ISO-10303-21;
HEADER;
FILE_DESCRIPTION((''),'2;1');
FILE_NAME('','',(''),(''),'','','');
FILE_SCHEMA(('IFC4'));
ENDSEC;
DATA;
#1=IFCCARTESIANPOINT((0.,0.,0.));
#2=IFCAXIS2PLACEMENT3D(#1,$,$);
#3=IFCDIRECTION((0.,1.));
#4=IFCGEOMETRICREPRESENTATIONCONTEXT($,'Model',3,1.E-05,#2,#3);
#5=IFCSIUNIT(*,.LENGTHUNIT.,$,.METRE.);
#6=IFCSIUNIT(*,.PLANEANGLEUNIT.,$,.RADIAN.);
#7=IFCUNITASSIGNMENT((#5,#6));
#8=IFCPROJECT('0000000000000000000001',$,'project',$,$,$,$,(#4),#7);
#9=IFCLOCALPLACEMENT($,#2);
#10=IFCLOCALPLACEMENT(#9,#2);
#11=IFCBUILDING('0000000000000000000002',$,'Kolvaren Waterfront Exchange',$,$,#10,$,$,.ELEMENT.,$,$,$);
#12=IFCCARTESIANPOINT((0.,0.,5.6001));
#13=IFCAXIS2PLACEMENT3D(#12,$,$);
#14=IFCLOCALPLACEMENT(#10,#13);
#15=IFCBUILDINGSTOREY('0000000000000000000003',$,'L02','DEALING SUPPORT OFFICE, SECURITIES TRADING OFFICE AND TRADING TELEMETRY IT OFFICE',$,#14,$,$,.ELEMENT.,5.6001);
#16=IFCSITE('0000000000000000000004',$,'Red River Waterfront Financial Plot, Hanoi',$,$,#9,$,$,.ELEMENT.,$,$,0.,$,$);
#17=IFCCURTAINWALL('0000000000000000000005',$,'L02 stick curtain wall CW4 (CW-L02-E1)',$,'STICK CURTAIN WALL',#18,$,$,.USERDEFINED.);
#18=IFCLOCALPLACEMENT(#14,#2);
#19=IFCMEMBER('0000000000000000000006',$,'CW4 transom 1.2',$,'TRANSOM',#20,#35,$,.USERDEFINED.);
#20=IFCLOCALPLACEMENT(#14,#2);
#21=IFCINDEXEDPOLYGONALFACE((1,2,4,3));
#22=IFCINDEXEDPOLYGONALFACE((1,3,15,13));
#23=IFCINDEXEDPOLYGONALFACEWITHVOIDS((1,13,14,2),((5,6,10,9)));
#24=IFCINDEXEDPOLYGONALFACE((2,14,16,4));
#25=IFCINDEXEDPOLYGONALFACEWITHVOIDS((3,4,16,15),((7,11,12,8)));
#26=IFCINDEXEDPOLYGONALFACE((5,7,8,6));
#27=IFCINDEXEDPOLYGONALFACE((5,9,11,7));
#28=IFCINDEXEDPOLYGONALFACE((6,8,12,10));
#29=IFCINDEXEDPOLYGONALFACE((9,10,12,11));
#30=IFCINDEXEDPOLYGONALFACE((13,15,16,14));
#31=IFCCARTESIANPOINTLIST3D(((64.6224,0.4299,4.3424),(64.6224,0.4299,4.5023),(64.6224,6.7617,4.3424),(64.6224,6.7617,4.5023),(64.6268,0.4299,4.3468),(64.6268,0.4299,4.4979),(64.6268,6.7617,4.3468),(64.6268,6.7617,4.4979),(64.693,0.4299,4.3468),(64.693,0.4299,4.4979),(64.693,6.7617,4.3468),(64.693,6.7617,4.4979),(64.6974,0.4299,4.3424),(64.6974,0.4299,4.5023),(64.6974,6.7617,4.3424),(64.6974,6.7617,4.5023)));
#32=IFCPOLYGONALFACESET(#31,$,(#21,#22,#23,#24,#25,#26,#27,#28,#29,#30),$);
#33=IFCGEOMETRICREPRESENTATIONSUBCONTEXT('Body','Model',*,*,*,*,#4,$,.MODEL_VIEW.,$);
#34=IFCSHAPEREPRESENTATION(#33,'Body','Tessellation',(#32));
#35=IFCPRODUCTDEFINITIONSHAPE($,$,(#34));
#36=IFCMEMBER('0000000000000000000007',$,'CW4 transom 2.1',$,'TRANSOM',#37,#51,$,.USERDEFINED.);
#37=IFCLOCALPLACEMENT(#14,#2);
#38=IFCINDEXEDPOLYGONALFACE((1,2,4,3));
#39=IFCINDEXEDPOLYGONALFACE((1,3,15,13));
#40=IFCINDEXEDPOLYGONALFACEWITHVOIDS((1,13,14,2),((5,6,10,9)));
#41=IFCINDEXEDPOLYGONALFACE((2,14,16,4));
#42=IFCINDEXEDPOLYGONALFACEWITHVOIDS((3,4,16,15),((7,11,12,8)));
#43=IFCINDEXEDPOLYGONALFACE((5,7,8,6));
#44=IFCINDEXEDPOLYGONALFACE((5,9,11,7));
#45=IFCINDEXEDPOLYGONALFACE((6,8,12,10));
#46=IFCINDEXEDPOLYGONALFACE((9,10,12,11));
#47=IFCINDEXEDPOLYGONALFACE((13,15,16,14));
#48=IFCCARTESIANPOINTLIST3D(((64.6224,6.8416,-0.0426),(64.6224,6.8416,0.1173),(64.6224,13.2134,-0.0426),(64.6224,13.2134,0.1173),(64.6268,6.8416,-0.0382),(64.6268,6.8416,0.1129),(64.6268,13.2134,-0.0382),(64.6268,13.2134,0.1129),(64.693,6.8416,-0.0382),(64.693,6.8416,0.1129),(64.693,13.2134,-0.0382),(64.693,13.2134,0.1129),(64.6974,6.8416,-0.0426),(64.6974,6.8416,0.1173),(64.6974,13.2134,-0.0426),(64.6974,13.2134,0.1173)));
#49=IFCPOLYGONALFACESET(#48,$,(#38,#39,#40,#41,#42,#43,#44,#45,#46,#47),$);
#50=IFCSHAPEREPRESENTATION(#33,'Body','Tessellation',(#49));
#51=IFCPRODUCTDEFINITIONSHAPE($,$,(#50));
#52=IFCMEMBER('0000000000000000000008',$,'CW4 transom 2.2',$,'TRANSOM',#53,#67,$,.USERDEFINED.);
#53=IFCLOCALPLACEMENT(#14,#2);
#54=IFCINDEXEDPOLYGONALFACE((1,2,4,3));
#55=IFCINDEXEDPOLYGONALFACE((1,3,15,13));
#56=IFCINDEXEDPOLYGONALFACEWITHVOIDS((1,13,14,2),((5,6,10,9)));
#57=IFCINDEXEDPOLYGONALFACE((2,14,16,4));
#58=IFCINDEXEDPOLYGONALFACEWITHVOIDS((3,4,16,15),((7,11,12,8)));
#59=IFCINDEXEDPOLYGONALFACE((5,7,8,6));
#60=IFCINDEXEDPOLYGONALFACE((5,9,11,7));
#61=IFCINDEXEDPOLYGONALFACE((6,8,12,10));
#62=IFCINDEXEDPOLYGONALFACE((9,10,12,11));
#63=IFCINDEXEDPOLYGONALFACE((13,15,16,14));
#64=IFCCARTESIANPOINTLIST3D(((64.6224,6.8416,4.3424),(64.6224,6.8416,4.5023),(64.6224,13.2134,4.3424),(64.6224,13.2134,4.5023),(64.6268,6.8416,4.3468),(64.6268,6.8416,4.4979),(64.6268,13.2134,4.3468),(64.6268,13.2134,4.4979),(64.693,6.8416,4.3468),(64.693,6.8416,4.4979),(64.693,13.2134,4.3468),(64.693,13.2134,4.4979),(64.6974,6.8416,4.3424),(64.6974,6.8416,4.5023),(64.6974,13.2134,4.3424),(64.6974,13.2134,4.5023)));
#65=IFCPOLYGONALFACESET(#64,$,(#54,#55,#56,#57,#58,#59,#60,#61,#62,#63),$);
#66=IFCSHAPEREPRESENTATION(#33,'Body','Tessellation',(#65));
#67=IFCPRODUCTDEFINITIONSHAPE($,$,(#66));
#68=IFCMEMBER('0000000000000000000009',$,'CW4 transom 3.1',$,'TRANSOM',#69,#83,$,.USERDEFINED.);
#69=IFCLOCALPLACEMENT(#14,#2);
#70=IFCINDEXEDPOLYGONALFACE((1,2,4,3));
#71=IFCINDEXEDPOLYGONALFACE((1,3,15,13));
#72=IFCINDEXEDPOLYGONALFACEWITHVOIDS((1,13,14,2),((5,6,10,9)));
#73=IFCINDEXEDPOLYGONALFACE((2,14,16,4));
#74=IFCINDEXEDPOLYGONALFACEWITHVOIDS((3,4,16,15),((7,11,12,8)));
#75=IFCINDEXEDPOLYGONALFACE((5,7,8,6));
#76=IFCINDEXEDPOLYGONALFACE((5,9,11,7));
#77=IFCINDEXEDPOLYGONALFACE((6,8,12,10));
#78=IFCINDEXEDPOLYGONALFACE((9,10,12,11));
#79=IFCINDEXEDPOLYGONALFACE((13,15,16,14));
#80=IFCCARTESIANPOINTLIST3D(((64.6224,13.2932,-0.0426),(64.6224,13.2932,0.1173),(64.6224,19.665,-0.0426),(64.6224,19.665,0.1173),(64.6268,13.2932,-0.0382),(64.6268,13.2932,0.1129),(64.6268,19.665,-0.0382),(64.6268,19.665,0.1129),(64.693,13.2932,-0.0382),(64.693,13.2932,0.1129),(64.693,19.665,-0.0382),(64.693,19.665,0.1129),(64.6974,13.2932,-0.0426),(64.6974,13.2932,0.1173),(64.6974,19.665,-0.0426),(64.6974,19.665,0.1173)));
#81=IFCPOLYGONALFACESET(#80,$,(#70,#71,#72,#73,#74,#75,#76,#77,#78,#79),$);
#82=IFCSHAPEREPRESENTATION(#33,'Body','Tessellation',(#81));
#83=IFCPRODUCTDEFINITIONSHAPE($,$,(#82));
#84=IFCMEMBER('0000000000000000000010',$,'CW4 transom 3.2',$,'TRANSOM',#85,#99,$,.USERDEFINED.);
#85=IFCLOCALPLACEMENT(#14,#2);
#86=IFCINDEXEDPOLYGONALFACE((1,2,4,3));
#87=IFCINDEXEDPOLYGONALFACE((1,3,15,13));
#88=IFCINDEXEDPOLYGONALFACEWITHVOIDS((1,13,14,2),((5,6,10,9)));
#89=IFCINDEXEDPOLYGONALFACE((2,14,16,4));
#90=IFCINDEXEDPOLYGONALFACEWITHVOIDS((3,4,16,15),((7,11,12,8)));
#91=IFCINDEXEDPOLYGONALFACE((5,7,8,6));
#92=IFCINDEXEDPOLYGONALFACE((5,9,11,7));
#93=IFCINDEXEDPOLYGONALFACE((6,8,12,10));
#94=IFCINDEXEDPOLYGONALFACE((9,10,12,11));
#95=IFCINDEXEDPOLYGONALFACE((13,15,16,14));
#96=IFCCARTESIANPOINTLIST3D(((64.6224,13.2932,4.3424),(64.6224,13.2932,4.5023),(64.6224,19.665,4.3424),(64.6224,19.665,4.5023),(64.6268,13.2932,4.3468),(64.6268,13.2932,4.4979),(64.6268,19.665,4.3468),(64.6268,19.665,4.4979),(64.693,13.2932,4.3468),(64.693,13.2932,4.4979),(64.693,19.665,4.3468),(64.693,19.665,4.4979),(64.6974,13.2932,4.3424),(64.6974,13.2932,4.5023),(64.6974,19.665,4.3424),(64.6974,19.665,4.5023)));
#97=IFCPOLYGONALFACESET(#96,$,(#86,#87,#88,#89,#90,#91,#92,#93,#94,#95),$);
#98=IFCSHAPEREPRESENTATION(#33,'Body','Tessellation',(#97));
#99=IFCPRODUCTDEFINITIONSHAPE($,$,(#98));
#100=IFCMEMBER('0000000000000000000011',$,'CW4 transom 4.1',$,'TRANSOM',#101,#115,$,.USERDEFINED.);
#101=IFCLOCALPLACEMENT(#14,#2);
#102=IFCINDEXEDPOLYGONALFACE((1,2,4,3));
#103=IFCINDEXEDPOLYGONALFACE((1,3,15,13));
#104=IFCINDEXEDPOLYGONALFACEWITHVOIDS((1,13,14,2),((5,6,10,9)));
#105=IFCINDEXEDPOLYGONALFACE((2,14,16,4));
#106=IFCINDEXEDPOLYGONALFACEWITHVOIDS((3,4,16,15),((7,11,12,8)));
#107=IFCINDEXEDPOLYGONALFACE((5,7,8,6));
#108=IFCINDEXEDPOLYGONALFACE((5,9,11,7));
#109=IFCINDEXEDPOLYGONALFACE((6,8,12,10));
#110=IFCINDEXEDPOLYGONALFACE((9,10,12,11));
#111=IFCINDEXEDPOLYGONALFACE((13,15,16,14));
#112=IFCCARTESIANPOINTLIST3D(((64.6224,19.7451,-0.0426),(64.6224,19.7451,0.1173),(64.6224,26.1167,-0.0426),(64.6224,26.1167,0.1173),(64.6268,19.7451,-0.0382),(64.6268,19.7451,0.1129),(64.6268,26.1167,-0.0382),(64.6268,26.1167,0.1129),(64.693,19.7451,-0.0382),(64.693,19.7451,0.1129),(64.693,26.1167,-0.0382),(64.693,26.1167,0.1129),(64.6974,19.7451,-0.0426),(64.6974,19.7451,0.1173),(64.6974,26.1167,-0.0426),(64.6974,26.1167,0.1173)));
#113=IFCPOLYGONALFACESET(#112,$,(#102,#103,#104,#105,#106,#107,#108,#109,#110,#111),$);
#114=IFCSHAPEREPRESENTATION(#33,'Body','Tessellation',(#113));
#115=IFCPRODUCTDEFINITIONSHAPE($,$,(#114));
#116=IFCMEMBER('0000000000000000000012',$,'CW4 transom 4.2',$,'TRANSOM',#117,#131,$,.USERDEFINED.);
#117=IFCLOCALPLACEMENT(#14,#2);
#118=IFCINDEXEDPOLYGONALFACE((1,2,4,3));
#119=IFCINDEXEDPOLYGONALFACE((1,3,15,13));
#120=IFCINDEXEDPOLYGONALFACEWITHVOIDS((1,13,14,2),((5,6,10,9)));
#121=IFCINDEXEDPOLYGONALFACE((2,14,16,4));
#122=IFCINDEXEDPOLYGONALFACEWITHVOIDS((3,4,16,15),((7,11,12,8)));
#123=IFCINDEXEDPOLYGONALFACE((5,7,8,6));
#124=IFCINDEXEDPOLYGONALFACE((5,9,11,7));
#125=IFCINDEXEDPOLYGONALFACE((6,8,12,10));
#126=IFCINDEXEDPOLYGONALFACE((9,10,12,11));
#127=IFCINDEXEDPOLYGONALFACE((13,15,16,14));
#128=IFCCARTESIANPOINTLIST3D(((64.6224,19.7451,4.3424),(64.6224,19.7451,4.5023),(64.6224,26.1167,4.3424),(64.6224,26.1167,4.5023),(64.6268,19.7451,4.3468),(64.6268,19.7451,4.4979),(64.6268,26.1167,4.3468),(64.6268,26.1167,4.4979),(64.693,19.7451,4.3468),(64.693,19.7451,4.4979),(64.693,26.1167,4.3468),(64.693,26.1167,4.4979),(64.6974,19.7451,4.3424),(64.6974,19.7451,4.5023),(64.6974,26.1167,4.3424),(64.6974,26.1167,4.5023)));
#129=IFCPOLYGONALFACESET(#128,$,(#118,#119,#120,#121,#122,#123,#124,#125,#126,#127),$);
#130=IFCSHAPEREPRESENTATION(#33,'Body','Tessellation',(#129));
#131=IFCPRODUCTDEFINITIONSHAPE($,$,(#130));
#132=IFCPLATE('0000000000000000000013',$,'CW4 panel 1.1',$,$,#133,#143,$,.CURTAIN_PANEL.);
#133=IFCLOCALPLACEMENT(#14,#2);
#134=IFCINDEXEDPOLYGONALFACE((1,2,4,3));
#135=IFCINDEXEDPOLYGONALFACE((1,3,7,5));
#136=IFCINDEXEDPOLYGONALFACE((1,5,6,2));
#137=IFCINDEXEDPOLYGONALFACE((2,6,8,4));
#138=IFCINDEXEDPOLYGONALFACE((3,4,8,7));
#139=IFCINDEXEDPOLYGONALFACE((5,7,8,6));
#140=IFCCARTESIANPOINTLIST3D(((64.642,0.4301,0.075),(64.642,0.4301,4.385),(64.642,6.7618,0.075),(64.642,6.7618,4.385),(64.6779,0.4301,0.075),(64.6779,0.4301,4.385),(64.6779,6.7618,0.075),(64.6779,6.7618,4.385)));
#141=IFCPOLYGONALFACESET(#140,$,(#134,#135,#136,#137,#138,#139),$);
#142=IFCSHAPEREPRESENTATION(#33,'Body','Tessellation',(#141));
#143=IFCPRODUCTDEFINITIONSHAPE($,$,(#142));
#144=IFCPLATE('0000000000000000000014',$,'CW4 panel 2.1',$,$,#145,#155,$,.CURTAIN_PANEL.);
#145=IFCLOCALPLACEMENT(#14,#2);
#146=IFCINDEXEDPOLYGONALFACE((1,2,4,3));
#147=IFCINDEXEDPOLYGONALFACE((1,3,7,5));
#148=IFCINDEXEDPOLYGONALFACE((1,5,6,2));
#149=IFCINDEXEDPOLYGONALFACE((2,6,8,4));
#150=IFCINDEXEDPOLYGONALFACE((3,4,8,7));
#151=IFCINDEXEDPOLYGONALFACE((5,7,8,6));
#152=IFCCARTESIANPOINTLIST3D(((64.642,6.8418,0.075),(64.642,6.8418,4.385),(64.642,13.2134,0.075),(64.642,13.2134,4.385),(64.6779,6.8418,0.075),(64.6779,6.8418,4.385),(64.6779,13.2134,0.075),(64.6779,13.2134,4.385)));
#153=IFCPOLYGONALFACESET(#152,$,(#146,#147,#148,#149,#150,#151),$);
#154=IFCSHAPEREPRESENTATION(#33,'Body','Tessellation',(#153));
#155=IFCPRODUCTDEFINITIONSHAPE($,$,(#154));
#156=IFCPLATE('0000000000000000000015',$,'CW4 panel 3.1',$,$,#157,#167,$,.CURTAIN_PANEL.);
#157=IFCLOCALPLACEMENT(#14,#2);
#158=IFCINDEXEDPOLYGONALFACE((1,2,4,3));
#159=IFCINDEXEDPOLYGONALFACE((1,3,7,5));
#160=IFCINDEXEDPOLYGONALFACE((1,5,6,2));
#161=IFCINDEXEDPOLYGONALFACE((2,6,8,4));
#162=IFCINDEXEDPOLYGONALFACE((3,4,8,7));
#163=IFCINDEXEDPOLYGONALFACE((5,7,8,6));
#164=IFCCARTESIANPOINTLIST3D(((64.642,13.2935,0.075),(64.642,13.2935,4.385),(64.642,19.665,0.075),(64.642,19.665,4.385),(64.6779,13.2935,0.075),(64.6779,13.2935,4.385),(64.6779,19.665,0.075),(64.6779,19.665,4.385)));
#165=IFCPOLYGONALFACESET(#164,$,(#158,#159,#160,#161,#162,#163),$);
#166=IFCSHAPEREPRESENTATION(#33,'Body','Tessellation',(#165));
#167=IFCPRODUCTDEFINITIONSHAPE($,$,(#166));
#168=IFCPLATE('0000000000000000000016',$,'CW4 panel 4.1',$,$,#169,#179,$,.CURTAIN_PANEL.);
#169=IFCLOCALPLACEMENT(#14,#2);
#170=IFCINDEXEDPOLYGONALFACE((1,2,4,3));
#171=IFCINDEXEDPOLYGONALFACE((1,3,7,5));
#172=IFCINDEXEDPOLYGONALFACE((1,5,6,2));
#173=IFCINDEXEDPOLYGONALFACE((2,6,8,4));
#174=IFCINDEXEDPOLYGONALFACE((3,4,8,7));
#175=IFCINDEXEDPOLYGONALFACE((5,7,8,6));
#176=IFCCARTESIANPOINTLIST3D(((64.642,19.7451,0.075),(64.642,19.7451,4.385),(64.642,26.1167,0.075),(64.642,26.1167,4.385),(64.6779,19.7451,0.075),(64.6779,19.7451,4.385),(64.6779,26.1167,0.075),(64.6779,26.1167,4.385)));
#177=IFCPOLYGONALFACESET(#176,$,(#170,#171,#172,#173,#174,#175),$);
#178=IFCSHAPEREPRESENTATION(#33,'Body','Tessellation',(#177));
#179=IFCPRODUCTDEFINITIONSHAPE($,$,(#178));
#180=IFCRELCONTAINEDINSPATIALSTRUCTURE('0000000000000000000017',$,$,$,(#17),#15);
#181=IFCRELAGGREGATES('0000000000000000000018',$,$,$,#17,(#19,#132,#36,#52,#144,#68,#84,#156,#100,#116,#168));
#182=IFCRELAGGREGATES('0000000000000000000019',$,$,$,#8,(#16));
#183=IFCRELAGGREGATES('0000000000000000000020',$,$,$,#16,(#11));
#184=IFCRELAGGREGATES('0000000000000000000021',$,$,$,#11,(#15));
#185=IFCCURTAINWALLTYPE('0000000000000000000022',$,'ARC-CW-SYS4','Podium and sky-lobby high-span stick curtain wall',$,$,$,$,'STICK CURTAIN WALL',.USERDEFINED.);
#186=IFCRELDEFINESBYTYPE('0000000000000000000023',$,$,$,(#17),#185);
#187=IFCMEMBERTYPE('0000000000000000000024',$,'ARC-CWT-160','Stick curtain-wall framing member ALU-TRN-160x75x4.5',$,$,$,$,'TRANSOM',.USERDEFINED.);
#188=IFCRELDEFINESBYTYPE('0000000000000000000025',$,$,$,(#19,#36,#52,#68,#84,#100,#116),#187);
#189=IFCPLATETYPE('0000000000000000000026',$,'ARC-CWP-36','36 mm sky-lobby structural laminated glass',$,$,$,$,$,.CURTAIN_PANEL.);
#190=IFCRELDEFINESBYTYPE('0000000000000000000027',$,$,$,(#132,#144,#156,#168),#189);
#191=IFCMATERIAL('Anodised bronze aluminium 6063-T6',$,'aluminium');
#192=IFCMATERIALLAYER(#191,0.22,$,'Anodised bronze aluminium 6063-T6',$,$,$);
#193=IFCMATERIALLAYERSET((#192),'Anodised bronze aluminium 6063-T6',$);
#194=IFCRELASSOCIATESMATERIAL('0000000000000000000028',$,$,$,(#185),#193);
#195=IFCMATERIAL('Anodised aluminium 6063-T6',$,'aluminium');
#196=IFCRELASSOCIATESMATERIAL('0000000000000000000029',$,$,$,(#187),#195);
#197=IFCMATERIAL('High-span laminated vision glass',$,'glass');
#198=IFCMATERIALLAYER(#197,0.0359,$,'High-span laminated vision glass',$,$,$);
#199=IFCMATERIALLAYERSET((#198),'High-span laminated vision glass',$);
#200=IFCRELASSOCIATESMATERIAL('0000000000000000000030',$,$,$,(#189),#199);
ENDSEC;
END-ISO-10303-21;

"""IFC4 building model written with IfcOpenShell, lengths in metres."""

from ifc_helpers import new_model, si_unit, direction, frame, origin, origin_with_axes, origin_2d, place, context, subcontext, project, spatial, rectangle, hollow_rectangle, extrude, source, transform, mapped, material, layer, layer_set, material_profile, profile_set, type_object, element, aggregate, save


model = new_model("IFC4")

# Units and contexts
model_context = context("Model", 3, precision=1e-05, world=origin(), true_north=direction((0.0, 1.0)))
body_context = subcontext(model_context, "Body", "Model", "MODEL_VIEW")
ifc_project = project(units=[si_unit("LENGTHUNIT", "METRE"), si_unit("PLANEANGLEUNIT", "RADIAN")], contexts=[model_context])

# Site, building, storey
site_placement = place(None, origin())
site = spatial("IfcSite", under=ifc_project, at=site_placement, Name="Red River Waterfront Financial Plot, Hanoi", CompositionType="ELEMENT", RefElevation=0.0)
building_placement = place(site_placement, origin())
building = spatial("IfcBuilding", under=site, at=building_placement, Name="Kolvaren Waterfront Exchange", CompositionType="ELEMENT")
storey_placement = place(building_placement, frame((0.0, 0.0, 5.6001)))
storey = spatial("IfcBuildingStorey", under=building, at=storey_placement, Name="L02", Description="DEALING SUPPORT OFFICE, SECURITIES TRADING OFFICE AND TRADING TELEMETRY IT OFFICE", CompositionType="ELEMENT", Elevation=5.6001)

# Curtain wall, members, plates
ifc_material_1 = material(Name="Anodised bronze aluminium 6063-T6", Category="aluminium")
ifc_layer_1 = layer(ifc_material_1, 0.22, Name="Anodised bronze aluminium 6063-T6")
ifc_layer_set_1 = layer_set([ifc_layer_1], Name="Anodised bronze aluminium 6063-T6")
curtain_wall_type = type_object("IfcCurtainWallType", Name="ARC-CW-SYS4", Description="Podium and sky-lobby high-span stick curtain wall", ElementType="STICK CURTAIN WALL", PredefinedType="USERDEFINED", material=ifc_layer_set_1)
curtain_wall_placement = place(storey_placement, origin())
curtain_wall = element("IfcCurtainWall", 1, at=curtain_wall_placement, inside=storey, type_object=curtain_wall_type, Name="L02 stick curtain wall CW4 (CW-L02-E1)", ObjectType="STICK CURTAIN WALL", PredefinedType="USERDEFINED")
ifc_material_2 = material(Name="Anodised aluminium 6063-T6", Category="aluminium")
ifc_material_profile_1 = material_profile(ifc_material_2, hollow_rectangle(XDim=0.075, YDim=0.1599, WallThickness=0.0044, at=origin_2d()), Name="ALU-TRN-160x75x4.5")
ifc_profile_set_1 = profile_set([ifc_material_profile_1], Name="Anodised aluminium 6063-T6")
member_type_1 = type_object("IfcMemberType", Name="ARC-CWT-160", Description="Stick curtain-wall framing member ALU-TRN-160x75x4.5", ElementType="TRANSOM", PredefinedType="USERDEFINED", material=ifc_profile_set_1)
shared_shape_1 = source(origin_with_axes(), body_context, "Body", "SweptSolid", [
    extrude(hollow_rectangle(XDim=0.075, YDim=0.1599, WallThickness=0.0044, at=origin_2d()), origin(), (0.0, 0.0, 1.0), 6.3318),
])
member_1_placement = place(storey_placement, frame((64.6599, 0.4299, 4.4224), z_axis=(0.0, 1.0, 0.0), x_axis=(-1.0, 0.0, 0.0)))
member_1 = element("IfcMember", 2, at=member_1_placement, type_object=member_type_1, Name="CW4 transom 1.2", ObjectType="TRANSOM", PredefinedType="USERDEFINED", context=body_context, shape_type="MappedRepresentation", body=[
    mapped(shared_shape_1, transform((0.0, 0.0, 0.0), x_axis=(1.0, 0.0, 0.0), y_axis=(0.0, 1.0, 0.0), z_axis=(0.0, 0.0, 1.0), scale=1.0)),
])
shared_shape_2 = source(origin_with_axes(), body_context, "Body", "SweptSolid", [
    extrude(hollow_rectangle(XDim=0.075, YDim=0.1599, WallThickness=0.0044, at=origin_2d()), origin(), (0.0, 0.0, 1.0), 6.3718),
])
member_2_placement = place(storey_placement, frame((64.6599, 6.8416, 0.0374), z_axis=(0.0, 1.0, 0.0), x_axis=(-1.0, 0.0, 0.0)))
member_2 = element("IfcMember", 3, at=member_2_placement, type_object=member_type_1, Name="CW4 transom 2.1", ObjectType="TRANSOM", PredefinedType="USERDEFINED", context=body_context, shape_type="MappedRepresentation", body=[
    mapped(shared_shape_2, transform((0.0, 0.0, 0.0), x_axis=(1.0, 0.0, 0.0), y_axis=(0.0, 1.0, 0.0), z_axis=(0.0, 0.0, 1.0), scale=1.0)),
])
member_3_placement = place(storey_placement, frame((64.6599, 6.8416, 4.4224), z_axis=(0.0, 1.0, 0.0), x_axis=(-1.0, 0.0, 0.0)))
member_3 = element("IfcMember", 4, at=member_3_placement, type_object=member_type_1, Name="CW4 transom 2.2", ObjectType="TRANSOM", PredefinedType="USERDEFINED", context=body_context, shape_type="MappedRepresentation", body=[
    mapped(shared_shape_2, transform((0.0, 0.0, 0.0), x_axis=(1.0, 0.0, 0.0), y_axis=(0.0, 1.0, 0.0), z_axis=(0.0, 0.0, 1.0), scale=1.0)),
])
member_4_placement = place(storey_placement, frame((64.6599, 13.2932, 0.0374), z_axis=(0.0, 1.0, 0.0), x_axis=(-1.0, 0.0, 0.0)))
member_4 = element("IfcMember", 5, at=member_4_placement, type_object=member_type_1, Name="CW4 transom 3.1", ObjectType="TRANSOM", PredefinedType="USERDEFINED", context=body_context, shape_type="MappedRepresentation", body=[
    mapped(shared_shape_2, transform((0.0, 0.0, 0.0), x_axis=(1.0, 0.0, 0.0), y_axis=(0.0, 1.0, 0.0), z_axis=(0.0, 0.0, 1.0), scale=1.0)),
])
member_5_placement = place(storey_placement, frame((64.6599, 13.2932, 4.4224), z_axis=(0.0, 1.0, 0.0), x_axis=(-1.0, 0.0, 0.0)))
member_5 = element("IfcMember", 6, at=member_5_placement, type_object=member_type_1, Name="CW4 transom 3.2", ObjectType="TRANSOM", PredefinedType="USERDEFINED", context=body_context, shape_type="MappedRepresentation", body=[
    mapped(shared_shape_2, transform((0.0, 0.0, 0.0), x_axis=(1.0, 0.0, 0.0), y_axis=(0.0, 1.0, 0.0), z_axis=(0.0, 0.0, 1.0), scale=1.0)),
])
shared_shape_3 = source(origin_with_axes(), body_context, "Body", "SweptSolid", [
    extrude(hollow_rectangle(XDim=0.075, YDim=0.1599, WallThickness=0.0044, at=origin_2d()), origin(), (0.0, 0.0, 1.0), 6.3716),
])
member_6_placement = place(storey_placement, frame((64.6599, 19.7451, 0.0374), z_axis=(0.0, 1.0, 0.0), x_axis=(-1.0, 0.0, 0.0)))
member_6 = element("IfcMember", 7, at=member_6_placement, type_object=member_type_1, Name="CW4 transom 4.1", ObjectType="TRANSOM", PredefinedType="USERDEFINED", context=body_context, shape_type="MappedRepresentation", body=[
    mapped(shared_shape_3, transform((0.0, 0.0, 0.0), x_axis=(1.0, 0.0, 0.0), y_axis=(0.0, 1.0, 0.0), z_axis=(0.0, 0.0, 1.0), scale=1.0)),
])
member_7_placement = place(storey_placement, frame((64.6599, 19.7451, 4.4224), z_axis=(0.0, 1.0, 0.0), x_axis=(-1.0, 0.0, 0.0)))
member_7 = element("IfcMember", 8, at=member_7_placement, type_object=member_type_1, Name="CW4 transom 4.2", ObjectType="TRANSOM", PredefinedType="USERDEFINED", context=body_context, shape_type="MappedRepresentation", body=[
    mapped(shared_shape_3, transform((0.0, 0.0, 0.0), x_axis=(1.0, 0.0, 0.0), y_axis=(0.0, 1.0, 0.0), z_axis=(0.0, 0.0, 1.0), scale=1.0)),
])
ifc_material_3 = material(Name="High-span laminated vision glass", Category="glass")
ifc_layer_2 = layer(ifc_material_3, 0.0359, Name="High-span laminated vision glass")
ifc_layer_set_2 = layer_set([ifc_layer_2], Name="High-span laminated vision glass")
plate_type = type_object("IfcPlateType", Name="ARC-CWP-36", Description="36 mm sky-lobby structural laminated glass", PredefinedType="CURTAIN_PANEL", material=ifc_layer_set_2)
shared_shape_4 = source(origin_with_axes(), body_context, "Body", "SweptSolid", [
    extrude(rectangle(XDim=6.3318, YDim=0.0359, at=origin_2d()), origin(), (0.0, 0.0, 1.0), 4.3101),
])
plate_1_placement = place(storey_placement, frame((64.6599, 3.5959, 0.075), z_axis=(0.0, 0.0, 1.0), x_axis=(0.0, 1.0, 0.0)))
plate_1 = element("IfcPlate", 9, at=plate_1_placement, type_object=plate_type, Name="CW4 panel 1.1", PredefinedType="CURTAIN_PANEL", context=body_context, shape_type="MappedRepresentation", body=[
    mapped(shared_shape_4, transform((0.0, 0.0, 0.0), x_axis=(1.0, 0.0, 0.0), y_axis=(0.0, 1.0, 0.0), z_axis=(0.0, 0.0, 1.0), scale=1.0)),
])
shared_shape_5 = source(origin_with_axes(), body_context, "Body", "SweptSolid", [
    extrude(rectangle(XDim=6.3716, YDim=0.0359, at=origin_2d()), origin(), (0.0, 0.0, 1.0), 4.3101),
])
plate_2_placement = place(storey_placement, frame((64.6599, 10.0276, 0.075), z_axis=(0.0, 0.0, 1.0), x_axis=(0.0, 1.0, 0.0)))
plate_2 = element("IfcPlate", 10, at=plate_2_placement, type_object=plate_type, Name="CW4 panel 2.1", PredefinedType="CURTAIN_PANEL", context=body_context, shape_type="MappedRepresentation", body=[
    mapped(shared_shape_5, transform((0.0, 0.0, 0.0), x_axis=(1.0, 0.0, 0.0), y_axis=(0.0, 1.0, 0.0), z_axis=(0.0, 0.0, 1.0), scale=1.0)),
])
plate_3_placement = place(storey_placement, frame((64.6599, 16.4792, 0.075), z_axis=(0.0, 0.0, 1.0), x_axis=(0.0, 1.0, 0.0)))
plate_3 = element("IfcPlate", 11, at=plate_3_placement, type_object=plate_type, Name="CW4 panel 3.1", PredefinedType="CURTAIN_PANEL", context=body_context, shape_type="MappedRepresentation", body=[
    mapped(shared_shape_5, transform((0.0, 0.0, 0.0), x_axis=(1.0, 0.0, 0.0), y_axis=(0.0, 1.0, 0.0), z_axis=(0.0, 0.0, 1.0), scale=1.0)),
])
plate_4_placement = place(storey_placement, frame((64.6599, 22.9309, 0.075), z_axis=(0.0, 0.0, 1.0), x_axis=(0.0, 1.0, 0.0)))
plate_4 = element("IfcPlate", 12, at=plate_4_placement, type_object=plate_type, Name="CW4 panel 4.1", PredefinedType="CURTAIN_PANEL", context=body_context, shape_type="MappedRepresentation", body=[
    mapped(shared_shape_5, transform((0.0, 0.0, 0.0), x_axis=(1.0, 0.0, 0.0), y_axis=(0.0, 1.0, 0.0), z_axis=(0.0, 0.0, 1.0), scale=1.0)),
])
aggregate(curtain_wall, [member_1, plate_1, member_2, member_3, plate_2, member_4, member_5, plate_3, member_6, member_7, plate_4])

save(model, "model.ifc")
